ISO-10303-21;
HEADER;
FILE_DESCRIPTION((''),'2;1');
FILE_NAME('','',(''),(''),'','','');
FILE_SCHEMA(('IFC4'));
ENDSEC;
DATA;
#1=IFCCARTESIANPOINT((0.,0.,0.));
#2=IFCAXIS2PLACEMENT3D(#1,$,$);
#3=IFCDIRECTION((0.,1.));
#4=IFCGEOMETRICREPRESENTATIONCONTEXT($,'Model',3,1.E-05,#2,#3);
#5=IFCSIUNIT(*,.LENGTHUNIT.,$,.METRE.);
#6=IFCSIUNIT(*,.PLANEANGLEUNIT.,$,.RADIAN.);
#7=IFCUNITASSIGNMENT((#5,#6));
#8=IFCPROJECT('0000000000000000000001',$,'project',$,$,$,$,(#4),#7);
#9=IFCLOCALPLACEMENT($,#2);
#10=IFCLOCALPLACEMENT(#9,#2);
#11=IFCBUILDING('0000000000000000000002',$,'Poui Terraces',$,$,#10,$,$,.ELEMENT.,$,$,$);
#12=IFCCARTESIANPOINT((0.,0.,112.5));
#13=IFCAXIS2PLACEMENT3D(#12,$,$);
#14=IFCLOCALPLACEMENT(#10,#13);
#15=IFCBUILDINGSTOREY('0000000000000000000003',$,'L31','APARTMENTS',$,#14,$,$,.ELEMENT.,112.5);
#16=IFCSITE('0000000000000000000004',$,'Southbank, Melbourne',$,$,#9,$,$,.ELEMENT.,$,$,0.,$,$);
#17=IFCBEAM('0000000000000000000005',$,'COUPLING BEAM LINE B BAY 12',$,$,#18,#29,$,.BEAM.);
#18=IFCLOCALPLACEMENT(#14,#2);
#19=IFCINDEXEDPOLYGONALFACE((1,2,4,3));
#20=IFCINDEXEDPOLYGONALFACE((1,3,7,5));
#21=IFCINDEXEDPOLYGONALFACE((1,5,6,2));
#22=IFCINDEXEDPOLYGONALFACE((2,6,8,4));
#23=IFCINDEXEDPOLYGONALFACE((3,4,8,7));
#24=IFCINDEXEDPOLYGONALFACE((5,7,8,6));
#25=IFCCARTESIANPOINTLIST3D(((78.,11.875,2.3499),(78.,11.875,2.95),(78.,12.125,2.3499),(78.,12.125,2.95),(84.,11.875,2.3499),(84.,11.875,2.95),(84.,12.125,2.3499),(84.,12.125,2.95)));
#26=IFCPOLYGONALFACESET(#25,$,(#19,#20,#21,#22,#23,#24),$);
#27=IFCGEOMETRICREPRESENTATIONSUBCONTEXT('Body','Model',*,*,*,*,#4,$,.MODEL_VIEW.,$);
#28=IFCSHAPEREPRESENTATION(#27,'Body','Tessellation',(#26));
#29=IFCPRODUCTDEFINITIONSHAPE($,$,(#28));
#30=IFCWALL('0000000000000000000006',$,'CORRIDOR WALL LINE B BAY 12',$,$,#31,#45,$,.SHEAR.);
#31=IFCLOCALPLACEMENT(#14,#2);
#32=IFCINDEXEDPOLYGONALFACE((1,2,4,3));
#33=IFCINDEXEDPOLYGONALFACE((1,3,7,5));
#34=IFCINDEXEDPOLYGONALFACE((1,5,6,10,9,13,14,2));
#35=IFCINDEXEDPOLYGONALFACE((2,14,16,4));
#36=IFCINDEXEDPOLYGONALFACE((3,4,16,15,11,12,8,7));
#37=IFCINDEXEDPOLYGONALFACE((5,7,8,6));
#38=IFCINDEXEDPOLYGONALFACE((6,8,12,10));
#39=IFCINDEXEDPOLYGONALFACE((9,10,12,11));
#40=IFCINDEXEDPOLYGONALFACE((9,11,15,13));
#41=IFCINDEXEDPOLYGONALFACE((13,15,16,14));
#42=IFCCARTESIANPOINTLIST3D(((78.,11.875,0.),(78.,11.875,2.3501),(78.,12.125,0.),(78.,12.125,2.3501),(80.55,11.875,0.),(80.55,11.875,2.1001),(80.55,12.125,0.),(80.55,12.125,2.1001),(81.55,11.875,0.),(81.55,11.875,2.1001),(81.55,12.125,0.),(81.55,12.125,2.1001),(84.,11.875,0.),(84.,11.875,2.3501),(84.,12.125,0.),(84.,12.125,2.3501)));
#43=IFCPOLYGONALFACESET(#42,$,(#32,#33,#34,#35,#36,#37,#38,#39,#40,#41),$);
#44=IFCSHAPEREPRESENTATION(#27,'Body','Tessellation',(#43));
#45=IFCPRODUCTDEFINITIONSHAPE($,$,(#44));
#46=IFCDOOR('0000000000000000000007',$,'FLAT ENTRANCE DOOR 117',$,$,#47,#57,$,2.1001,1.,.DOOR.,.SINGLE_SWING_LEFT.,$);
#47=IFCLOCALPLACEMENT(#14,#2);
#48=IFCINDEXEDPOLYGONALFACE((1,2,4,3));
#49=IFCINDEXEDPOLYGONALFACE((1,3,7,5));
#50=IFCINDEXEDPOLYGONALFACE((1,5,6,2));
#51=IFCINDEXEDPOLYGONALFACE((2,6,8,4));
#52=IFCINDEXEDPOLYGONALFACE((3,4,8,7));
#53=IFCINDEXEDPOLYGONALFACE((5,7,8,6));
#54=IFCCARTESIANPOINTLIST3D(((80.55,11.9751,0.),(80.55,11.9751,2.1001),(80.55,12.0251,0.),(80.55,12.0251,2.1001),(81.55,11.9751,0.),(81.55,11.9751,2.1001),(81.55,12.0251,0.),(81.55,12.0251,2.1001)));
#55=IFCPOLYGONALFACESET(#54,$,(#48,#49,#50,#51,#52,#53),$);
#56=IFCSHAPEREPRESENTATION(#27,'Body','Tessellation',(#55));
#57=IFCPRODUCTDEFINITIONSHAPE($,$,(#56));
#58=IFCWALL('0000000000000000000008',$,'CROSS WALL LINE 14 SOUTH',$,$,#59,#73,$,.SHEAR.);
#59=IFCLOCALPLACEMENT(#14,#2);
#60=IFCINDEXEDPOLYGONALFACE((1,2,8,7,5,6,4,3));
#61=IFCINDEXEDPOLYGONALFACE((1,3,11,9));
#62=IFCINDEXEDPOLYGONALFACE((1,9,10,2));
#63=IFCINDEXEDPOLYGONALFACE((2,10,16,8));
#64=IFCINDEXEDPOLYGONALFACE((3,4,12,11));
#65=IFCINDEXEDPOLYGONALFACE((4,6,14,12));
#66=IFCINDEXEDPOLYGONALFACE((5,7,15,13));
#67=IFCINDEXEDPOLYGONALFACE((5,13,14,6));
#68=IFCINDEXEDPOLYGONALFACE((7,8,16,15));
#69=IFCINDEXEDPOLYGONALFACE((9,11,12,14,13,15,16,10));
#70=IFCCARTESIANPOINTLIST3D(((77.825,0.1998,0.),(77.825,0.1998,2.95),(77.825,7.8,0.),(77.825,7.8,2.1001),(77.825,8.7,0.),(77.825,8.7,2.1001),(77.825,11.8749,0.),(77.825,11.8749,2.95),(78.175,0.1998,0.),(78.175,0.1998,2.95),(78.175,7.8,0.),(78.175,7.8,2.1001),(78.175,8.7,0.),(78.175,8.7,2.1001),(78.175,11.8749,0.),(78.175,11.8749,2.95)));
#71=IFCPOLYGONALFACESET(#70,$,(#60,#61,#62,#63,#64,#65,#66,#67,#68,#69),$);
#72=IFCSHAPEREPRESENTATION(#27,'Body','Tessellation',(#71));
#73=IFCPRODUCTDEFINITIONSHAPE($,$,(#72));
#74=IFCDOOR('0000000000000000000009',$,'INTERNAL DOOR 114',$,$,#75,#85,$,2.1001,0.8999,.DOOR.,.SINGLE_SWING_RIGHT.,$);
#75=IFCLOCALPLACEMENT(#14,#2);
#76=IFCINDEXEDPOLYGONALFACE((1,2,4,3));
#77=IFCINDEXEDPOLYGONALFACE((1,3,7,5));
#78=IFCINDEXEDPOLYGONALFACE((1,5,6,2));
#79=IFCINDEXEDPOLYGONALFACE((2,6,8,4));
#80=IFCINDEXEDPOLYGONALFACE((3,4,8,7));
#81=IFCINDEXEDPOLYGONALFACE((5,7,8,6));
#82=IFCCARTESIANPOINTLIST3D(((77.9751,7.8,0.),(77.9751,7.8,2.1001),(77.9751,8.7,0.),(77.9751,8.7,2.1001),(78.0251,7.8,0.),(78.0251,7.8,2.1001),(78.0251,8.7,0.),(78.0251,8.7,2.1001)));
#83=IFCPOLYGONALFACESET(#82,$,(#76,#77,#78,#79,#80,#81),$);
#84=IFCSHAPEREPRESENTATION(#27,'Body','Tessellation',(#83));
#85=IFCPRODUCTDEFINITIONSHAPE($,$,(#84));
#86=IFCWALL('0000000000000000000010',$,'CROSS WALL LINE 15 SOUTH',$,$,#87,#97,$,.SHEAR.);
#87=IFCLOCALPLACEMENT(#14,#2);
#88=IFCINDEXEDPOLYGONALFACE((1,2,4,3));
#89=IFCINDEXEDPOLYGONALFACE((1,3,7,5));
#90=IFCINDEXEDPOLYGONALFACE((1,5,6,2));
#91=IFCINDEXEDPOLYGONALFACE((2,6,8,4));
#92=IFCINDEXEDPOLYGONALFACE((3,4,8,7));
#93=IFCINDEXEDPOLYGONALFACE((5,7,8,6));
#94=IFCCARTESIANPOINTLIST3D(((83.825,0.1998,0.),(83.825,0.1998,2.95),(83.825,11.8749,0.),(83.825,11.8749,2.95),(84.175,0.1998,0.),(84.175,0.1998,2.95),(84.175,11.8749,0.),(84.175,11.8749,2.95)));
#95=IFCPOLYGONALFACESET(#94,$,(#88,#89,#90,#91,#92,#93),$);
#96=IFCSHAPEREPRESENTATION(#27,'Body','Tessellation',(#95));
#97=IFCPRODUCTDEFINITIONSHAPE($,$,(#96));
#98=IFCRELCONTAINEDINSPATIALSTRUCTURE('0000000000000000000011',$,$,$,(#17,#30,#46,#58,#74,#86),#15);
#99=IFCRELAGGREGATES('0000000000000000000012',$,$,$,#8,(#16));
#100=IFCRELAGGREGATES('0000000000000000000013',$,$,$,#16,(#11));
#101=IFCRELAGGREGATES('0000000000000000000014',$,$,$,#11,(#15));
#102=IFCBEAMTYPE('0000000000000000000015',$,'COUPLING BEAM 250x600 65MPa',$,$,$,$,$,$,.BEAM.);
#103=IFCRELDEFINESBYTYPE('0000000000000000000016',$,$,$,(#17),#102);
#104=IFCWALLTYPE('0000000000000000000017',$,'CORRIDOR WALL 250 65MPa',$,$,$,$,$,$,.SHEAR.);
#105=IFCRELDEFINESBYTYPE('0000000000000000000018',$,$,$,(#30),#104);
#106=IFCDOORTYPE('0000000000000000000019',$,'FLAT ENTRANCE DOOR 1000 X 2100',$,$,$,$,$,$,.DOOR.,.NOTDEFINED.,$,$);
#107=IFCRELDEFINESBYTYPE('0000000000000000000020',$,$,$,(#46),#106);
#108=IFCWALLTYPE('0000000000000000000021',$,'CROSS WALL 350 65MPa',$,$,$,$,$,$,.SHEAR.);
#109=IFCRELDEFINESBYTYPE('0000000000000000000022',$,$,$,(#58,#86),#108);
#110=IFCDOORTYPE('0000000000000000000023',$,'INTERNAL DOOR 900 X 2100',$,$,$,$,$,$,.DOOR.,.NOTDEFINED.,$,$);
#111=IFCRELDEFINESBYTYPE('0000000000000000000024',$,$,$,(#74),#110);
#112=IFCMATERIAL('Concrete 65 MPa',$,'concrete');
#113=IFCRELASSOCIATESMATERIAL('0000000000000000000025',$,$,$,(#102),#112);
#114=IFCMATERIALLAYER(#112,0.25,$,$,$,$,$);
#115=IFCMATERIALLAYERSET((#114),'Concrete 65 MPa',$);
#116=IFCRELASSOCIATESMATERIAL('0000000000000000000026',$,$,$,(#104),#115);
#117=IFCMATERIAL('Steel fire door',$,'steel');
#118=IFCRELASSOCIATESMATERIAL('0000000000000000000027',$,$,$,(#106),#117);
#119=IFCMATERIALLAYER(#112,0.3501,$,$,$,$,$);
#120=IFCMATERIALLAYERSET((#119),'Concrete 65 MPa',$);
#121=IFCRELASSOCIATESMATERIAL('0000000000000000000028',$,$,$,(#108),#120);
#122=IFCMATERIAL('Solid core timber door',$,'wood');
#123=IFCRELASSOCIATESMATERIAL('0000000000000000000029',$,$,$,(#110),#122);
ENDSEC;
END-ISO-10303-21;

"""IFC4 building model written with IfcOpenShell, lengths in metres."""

from ifc_helpers import new_model, si_unit, direction, frame, frame_2d, origin, origin_2d, place, context, subcontext, project, spatial, rectangle, extrude, source, transform, mapped, material, layer, layer_set, material_profile, profile_set, type_object, element, fill, save


model = new_model("IFC4")

# Units and contexts
model_context = context("Model", 3, precision=1e-05, world=origin(), true_north=direction((0.0, 1.0)))
body_context = subcontext(model_context, "Body", "Model", "MODEL_VIEW")
ifc_project = project(units=[si_unit("LENGTHUNIT", "METRE"), si_unit("PLANEANGLEUNIT", "RADIAN")], contexts=[model_context])

# Site, building, storey
site_placement = place(None, origin())
site = spatial("IfcSite", under=ifc_project, at=site_placement, Name="Southbank, Melbourne", CompositionType="ELEMENT", RefElevation=0.0)
building_placement = place(site_placement, origin())
building = spatial("IfcBuilding", under=site, at=building_placement, Name="Poui Terraces", CompositionType="ELEMENT")
storey_placement = place(building_placement, frame((0.0, 0.0, 112.5)))
storey = spatial("IfcBuildingStorey", under=building, at=storey_placement, Name="L31", Description="APARTMENTS", CompositionType="ELEMENT", Elevation=112.5)

# Beam
ifc_material_1 = material(Name="Concrete 65 MPa", Category="concrete")
ifc_material_profile = material_profile(ifc_material_1, rectangle(XDim=0.25, YDim=0.6001, at=origin_2d()), Name="RC 250x600")
ifc_profile_set = profile_set([ifc_material_profile], Name="Concrete 65 MPa")
beam_type = type_object("IfcBeamType", Name="COUPLING BEAM 250x600 65MPa", PredefinedType="BEAM", material=ifc_profile_set)
shared_shape = source(origin(), body_context, "Body", "SweptSolid", [
    extrude(rectangle(XDim=0.25, YDim=0.6001, at=origin_2d()), origin(), (0.0, 0.0, 1.0), 6.0),
])
beam_placement = place(storey_placement, frame((78.0, 12.0, 2.6499), z_axis=(1.0, 0.0, 0.0), x_axis=(0.0, 1.0, 0.0)))
element("IfcBeam", 1, at=beam_placement, inside=storey, type_object=beam_type, Name="COUPLING BEAM LINE B BAY 12", PredefinedType="BEAM", context=body_context, shape_type="MappedRepresentation", body=[
    mapped(shared_shape, transform((0.0, 0.0, 0.0))),
])

# Walls, openings, doors
ifc_layer_1 = layer(ifc_material_1, 0.25)
ifc_layer_set_1 = layer_set([ifc_layer_1], Name="Concrete 65 MPa")
wall_type_1 = type_object("IfcWallType", Name="CORRIDOR WALL 250 65MPa", PredefinedType="SHEAR", material=ifc_layer_set_1)
wall_1_placement = place(storey_placement, frame((78.0, 12.0, 0.0), z_axis=(0.0, 0.0, 1.0), x_axis=(1.0, 0.0, 0.0)))
wall_1 = element("IfcWall", 2, at=wall_1_placement, inside=storey, type_object=wall_type_1, Name="CORRIDOR WALL LINE B BAY 12", PredefinedType="SHEAR", context=body_context, shape_type="SweptSolid", body=[
    extrude(rectangle(XDim=6.0, YDim=0.25, at=frame_2d((3.0, 0.0))), origin(), (0.0, 0.0, 1.0), 2.3501),
])
opening_1_placement = place(wall_1_placement, frame((2.55, 0.0, 0.0)))
opening_1 = element("IfcOpeningElement", 3, at=opening_1_placement, cuts=wall_1, PredefinedType="OPENING", context=body_context, shape_type="SweptSolid", body=[
    extrude(rectangle(XDim=1.0, YDim=2.1001, at=frame_2d((0.5, 1.05))), frame((0.0, 0.135, 0.0), z_axis=(0.0, -1.0, 0.0), x_axis=(1.0, 0.0, 0.0)), (0.0, 0.0, 1.0), 0.27),
])
ifc_material_2 = material(Name="Steel fire door", Category="steel")
door_type_1 = type_object("IfcDoorType", Name="FLAT ENTRANCE DOOR 1000 X 2100", OperationType="NOTDEFINED", PredefinedType="DOOR", material=ifc_material_2)
door_1_placement = place(opening_1_placement, frame((1.0, 0.0, 0.0), z_axis=(0.0, 0.0, 1.0), x_axis=(-1.0, 0.0, 0.0)))
door_1 = element("IfcDoor", 4, at=door_1_placement, inside=storey, type_object=door_type_1, Name="FLAT ENTRANCE DOOR 117", OperationType="SINGLE_SWING_LEFT", OverallHeight=2.1001, OverallWidth=1.0, PredefinedType="DOOR", context=body_context, shape_type="SweptSolid", body=[
    extrude(rectangle(XDim=1.0, YDim=2.1001, at=frame_2d((0.5, 1.05))), frame((0.0, 0.0249, 0.0), z_axis=(0.0, -1.0, 0.0), x_axis=(1.0, 0.0, 0.0)), (0.0, 0.0, 1.0), 0.05),
])
fill(opening_1, door_1)
ifc_layer_2 = layer(ifc_material_1, 0.3501)
ifc_layer_set_2 = layer_set([ifc_layer_2], Name="Concrete 65 MPa")
wall_type_2 = type_object("IfcWallType", Name="CROSS WALL 350 65MPa", PredefinedType="SHEAR", material=ifc_layer_set_2)
wall_2_placement = place(storey_placement, frame((78.0, 0.2, 0.0), z_axis=(0.0, 0.0, 1.0), x_axis=(0.0, 1.0, 0.0)))
wall_2 = element("IfcWall", 5, at=wall_2_placement, inside=storey, type_object=wall_type_2, Name="CROSS WALL LINE 14 SOUTH", PredefinedType="SHEAR", context=body_context, shape_type="SweptSolid", body=[
    extrude(rectangle(XDim=11.675, YDim=0.3501, at=frame_2d((5.8374, 0.0))), origin(), (0.0, 0.0, 1.0), 2.95),
])
opening_2_placement = place(wall_2_placement, frame((7.6001, 0.0, 0.0)))
opening_2 = element("IfcOpeningElement", 6, at=opening_2_placement, cuts=wall_2, PredefinedType="OPENING", context=body_context, shape_type="SweptSolid", body=[
    extrude(rectangle(XDim=0.8999, YDim=2.1001, at=frame_2d((0.45, 1.05))), frame((0.0, 0.1851, 0.0), z_axis=(0.0, -1.0, 0.0), x_axis=(1.0, 0.0, 0.0)), (0.0, 0.0, 1.0), 0.3701),
])
ifc_material_3 = material(Name="Solid core timber door", Category="wood")
door_type_2 = type_object("IfcDoorType", Name="INTERNAL DOOR 900 X 2100", OperationType="NOTDEFINED", PredefinedType="DOOR", material=ifc_material_3)
door_2_placement = place(opening_2_placement, origin())
door_2 = element("IfcDoor", 7, at=door_2_placement, inside=storey, type_object=door_type_2, Name="INTERNAL DOOR 114", OperationType="SINGLE_SWING_RIGHT", OverallHeight=2.1001, OverallWidth=0.8999, PredefinedType="DOOR", context=body_context, shape_type="SweptSolid", body=[
    extrude(rectangle(XDim=0.8999, YDim=2.1001, at=frame_2d((0.45, 1.05))), frame((0.0, 0.0249, 0.0), z_axis=(0.0, -1.0, 0.0), x_axis=(1.0, 0.0, 0.0)), (0.0, 0.0, 1.0), 0.05),
])
fill(opening_2, door_2)

# Wall
wall_3_placement = place(storey_placement, frame((84.0, 0.2, 0.0), z_axis=(0.0, 0.0, 1.0), x_axis=(0.0, 1.0, 0.0)))
element("IfcWall", 8, at=wall_3_placement, inside=storey, type_object=wall_type_2, Name="CROSS WALL LINE 15 SOUTH", PredefinedType="SHEAR", context=body_context, shape_type="SweptSolid", body=[
    extrude(rectangle(XDim=11.675, YDim=0.3501, at=frame_2d((5.8374, 0.0))), origin(), (0.0, 0.0, 1.0), 2.95),
])

save(model, "model.ifc")
